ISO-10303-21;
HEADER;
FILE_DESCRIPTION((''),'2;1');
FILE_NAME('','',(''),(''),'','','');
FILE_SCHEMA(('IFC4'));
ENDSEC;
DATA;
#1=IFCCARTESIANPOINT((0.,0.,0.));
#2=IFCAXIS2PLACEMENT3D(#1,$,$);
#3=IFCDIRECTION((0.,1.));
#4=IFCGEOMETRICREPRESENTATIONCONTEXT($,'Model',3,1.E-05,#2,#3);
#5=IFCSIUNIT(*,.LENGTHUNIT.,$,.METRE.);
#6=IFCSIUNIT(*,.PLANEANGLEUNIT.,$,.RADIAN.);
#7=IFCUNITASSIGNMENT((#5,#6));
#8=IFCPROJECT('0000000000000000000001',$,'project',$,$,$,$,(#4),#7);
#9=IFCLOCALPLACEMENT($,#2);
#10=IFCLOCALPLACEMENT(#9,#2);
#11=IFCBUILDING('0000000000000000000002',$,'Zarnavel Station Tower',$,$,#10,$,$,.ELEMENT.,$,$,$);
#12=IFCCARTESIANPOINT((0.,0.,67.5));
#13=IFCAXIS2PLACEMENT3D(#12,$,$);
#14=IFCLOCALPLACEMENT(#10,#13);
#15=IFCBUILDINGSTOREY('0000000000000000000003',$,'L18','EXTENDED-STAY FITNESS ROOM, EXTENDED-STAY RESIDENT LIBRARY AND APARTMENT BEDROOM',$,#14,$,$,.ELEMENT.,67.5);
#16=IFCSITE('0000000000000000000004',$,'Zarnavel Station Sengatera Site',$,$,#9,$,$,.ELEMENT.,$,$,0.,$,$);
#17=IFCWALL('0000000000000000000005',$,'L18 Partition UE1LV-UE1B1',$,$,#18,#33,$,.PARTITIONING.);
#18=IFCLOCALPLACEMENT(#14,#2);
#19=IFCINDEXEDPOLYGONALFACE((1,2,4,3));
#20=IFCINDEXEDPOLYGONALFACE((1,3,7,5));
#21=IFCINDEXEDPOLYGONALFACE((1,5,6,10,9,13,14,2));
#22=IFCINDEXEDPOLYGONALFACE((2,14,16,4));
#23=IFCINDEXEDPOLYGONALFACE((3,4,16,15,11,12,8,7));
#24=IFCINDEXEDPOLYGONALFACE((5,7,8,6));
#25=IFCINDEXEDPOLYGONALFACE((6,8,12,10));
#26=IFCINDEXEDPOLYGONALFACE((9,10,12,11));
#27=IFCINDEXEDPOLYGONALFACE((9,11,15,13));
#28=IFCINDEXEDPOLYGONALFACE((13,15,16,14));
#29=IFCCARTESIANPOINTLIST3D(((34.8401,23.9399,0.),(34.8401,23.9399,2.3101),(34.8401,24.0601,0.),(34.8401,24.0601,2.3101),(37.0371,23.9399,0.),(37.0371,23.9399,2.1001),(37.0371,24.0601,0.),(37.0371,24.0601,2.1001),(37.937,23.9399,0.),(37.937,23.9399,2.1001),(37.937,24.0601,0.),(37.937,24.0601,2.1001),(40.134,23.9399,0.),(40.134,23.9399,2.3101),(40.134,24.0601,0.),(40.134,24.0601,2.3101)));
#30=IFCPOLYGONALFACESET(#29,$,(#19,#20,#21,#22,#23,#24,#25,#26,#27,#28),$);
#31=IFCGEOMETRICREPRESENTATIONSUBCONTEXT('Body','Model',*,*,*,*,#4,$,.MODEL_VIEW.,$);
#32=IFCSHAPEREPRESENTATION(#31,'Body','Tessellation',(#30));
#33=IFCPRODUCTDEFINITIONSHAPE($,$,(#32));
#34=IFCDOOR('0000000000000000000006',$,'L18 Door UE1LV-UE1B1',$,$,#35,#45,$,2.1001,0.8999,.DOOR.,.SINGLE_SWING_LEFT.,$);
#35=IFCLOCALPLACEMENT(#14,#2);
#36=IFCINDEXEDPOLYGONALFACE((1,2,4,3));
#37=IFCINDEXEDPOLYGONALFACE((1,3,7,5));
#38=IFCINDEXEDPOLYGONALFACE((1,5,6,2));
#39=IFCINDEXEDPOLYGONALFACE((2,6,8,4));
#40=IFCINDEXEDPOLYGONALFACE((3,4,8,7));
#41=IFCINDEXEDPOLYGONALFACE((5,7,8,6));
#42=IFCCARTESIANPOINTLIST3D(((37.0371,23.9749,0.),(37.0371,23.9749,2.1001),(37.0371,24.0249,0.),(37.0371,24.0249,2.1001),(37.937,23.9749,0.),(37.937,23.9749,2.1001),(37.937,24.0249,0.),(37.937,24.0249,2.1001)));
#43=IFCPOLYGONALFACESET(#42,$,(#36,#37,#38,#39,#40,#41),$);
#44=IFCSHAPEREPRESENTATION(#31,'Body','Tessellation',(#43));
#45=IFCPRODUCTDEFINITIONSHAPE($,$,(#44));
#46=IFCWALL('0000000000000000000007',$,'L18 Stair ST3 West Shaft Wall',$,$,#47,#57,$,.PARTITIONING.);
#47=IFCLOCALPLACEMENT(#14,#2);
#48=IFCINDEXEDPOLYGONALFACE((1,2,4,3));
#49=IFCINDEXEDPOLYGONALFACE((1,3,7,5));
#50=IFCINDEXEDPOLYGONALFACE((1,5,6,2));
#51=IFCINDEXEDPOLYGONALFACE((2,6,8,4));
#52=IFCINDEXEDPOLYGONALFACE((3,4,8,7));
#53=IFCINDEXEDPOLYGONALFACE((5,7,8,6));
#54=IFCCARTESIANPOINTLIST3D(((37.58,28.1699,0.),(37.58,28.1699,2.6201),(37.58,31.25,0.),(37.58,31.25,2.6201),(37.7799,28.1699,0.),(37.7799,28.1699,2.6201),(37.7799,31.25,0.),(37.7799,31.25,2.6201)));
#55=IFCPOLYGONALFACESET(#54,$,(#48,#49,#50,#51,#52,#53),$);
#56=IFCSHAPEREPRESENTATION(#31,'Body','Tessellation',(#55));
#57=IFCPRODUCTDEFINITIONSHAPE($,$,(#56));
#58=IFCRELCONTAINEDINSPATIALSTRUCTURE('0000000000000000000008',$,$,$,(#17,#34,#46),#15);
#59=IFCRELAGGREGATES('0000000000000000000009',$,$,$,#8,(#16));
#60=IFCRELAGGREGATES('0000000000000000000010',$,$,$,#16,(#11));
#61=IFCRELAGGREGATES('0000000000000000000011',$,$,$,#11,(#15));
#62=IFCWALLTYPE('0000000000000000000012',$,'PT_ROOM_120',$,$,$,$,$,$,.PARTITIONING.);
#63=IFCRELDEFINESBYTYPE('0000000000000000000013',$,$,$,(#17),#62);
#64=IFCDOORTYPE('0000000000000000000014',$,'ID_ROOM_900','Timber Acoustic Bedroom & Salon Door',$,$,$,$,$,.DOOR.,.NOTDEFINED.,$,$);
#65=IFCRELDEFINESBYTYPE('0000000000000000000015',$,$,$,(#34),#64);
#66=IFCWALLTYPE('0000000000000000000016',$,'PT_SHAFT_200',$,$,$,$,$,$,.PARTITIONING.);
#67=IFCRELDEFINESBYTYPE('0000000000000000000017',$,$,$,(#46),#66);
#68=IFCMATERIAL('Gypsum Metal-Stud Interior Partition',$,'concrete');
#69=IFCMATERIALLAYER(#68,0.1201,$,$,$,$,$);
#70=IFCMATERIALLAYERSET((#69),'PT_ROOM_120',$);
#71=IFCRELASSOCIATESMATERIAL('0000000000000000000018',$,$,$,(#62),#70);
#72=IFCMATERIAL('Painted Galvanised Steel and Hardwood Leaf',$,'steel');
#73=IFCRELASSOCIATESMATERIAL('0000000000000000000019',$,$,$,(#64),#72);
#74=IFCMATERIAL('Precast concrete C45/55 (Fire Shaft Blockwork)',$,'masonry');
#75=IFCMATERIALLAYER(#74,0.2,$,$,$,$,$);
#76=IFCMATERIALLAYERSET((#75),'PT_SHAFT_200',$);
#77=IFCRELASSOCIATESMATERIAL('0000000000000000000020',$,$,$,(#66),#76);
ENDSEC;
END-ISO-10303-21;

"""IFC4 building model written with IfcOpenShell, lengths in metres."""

from ifc_helpers import new_model, si_unit, direction, frame, frame_2d, origin, place, context, subcontext, project, spatial, rectangle, extrude, material, layer, layer_set, type_object, element, fill, save


model = new_model("IFC4")

# Units and contexts
model_context = context("Model", 3, precision=1e-05, world=origin(), true_north=direction((0.0, 1.0)))
body_context = subcontext(model_context, "Body", "Model", "MODEL_VIEW")
ifc_project = project(units=[si_unit("LENGTHUNIT", "METRE"), si_unit("PLANEANGLEUNIT", "RADIAN")], contexts=[model_context])

# Site, building, storey
site_placement = place(None, origin())
site = spatial("IfcSite", under=ifc_project, at=site_placement, Name="Zarnavel Station Sengatera Site", CompositionType="ELEMENT", RefElevation=0.0)
building_placement = place(site_placement, origin())
building = spatial("IfcBuilding", under=site, at=building_placement, Name="Zarnavel Station Tower", CompositionType="ELEMENT")
storey_placement = place(building_placement, frame((0.0, 0.0, 67.5)))
storey = spatial("IfcBuildingStorey", under=building, at=storey_placement, Name="L18", Description="EXTENDED-STAY FITNESS ROOM, EXTENDED-STAY RESIDENT LIBRARY AND APARTMENT BEDROOM", CompositionType="ELEMENT", Elevation=67.5)

# Wall, opening, door
ifc_material_1 = material(Name="Gypsum Metal-Stud Interior Partition", Category="concrete")
ifc_layer_1 = layer(ifc_material_1, 0.1201)
ifc_layer_set_1 = layer_set([ifc_layer_1], Name="PT_ROOM_120")
wall_type_1 = type_object("IfcWallType", Name="PT_ROOM_120", PredefinedType="PARTITIONING", material=ifc_layer_set_1)
wall_1_placement = place(storey_placement, frame((34.8401, 24.0, 0.0), z_axis=(0.0, 0.0, 1.0), x_axis=(1.0, 0.0, 0.0)))
wall_1 = element("IfcWall", 1, at=wall_1_placement, inside=storey, type_object=wall_type_1, Name="L18 Partition UE1LV-UE1B1", PredefinedType="PARTITIONING", context=body_context, shape_type="SweptSolid", body=[
    extrude(rectangle(XDim=5.2939, YDim=0.1201, at=frame_2d((2.647, 0.0))), origin(), (0.0, 0.0, 1.0), 2.3101),
])
opening_1_placement = place(wall_1_placement, frame((2.197, 0.0, 0.0)))
opening_1 = element("IfcOpeningElement", 2, at=opening_1_placement, cuts=wall_1, PredefinedType="OPENING", context=body_context, shape_type="SweptSolid", body=[
    extrude(rectangle(XDim=0.8999, YDim=2.1001, at=frame_2d((0.45, 1.05))), frame((0.0, 0.0701, 0.0), z_axis=(0.0, -1.0, 0.0), x_axis=(1.0, 0.0, 0.0)), (0.0, 0.0, 1.0), 0.1401),
])
ifc_material_2 = material(Name="Painted Galvanised Steel and Hardwood Leaf", Category="steel")
door_type_1 = type_object("IfcDoorType", Name="ID_ROOM_900", Description="Timber Acoustic Bedroom & Salon Door", OperationType="NOTDEFINED", PredefinedType="DOOR", material=ifc_material_2)
door_1_placement = place(opening_1_placement, origin())
door_1 = element("IfcDoor", 3, at=door_1_placement, inside=storey, type_object=door_type_1, Name="L18 Door UE1LV-UE1B1", OperationType="SINGLE_SWING_LEFT", OverallHeight=2.1001, OverallWidth=0.8999, PredefinedType="DOOR", context=body_context, shape_type="SweptSolid", body=[
    extrude(rectangle(XDim=0.8999, YDim=2.1001, at=frame_2d((0.45, 1.05))), frame((0.0, 0.0249, 0.0), z_axis=(0.0, -1.0, 0.0), x_axis=(1.0, 0.0, 0.0)), (0.0, 0.0, 1.0), 0.05),
])
fill(opening_1, door_1)

# Wall
ifc_material_3 = material(Name="Precast concrete C45/55 (Fire Shaft Blockwork)", Category="masonry")
ifc_layer_2 = layer(ifc_material_3, 0.2)
ifc_layer_set_2 = layer_set([ifc_layer_2], Name="PT_SHAFT_200")
wall_type_2 = type_object("IfcWallType", Name="PT_SHAFT_200", PredefinedType="PARTITIONING", material=ifc_layer_set_2)
wall_2_placement = place(storey_placement, frame((37.6799, 28.1699, 0.0), z_axis=(0.0, 0.0, 1.0), x_axis=(0.0, 1.0, 0.0)))
element("IfcWall", 4, at=wall_2_placement, inside=storey, type_object=wall_type_2, Name="L18 Stair ST3 West Shaft Wall", PredefinedType="PARTITIONING", context=body_context, shape_type="SweptSolid", body=[
    extrude(rectangle(XDim=3.0801, YDim=0.2, at=frame_2d((1.54, 0.0))), origin(), (0.0, 0.0, 1.0), 2.6201),
])

save(model, "model.ifc")
